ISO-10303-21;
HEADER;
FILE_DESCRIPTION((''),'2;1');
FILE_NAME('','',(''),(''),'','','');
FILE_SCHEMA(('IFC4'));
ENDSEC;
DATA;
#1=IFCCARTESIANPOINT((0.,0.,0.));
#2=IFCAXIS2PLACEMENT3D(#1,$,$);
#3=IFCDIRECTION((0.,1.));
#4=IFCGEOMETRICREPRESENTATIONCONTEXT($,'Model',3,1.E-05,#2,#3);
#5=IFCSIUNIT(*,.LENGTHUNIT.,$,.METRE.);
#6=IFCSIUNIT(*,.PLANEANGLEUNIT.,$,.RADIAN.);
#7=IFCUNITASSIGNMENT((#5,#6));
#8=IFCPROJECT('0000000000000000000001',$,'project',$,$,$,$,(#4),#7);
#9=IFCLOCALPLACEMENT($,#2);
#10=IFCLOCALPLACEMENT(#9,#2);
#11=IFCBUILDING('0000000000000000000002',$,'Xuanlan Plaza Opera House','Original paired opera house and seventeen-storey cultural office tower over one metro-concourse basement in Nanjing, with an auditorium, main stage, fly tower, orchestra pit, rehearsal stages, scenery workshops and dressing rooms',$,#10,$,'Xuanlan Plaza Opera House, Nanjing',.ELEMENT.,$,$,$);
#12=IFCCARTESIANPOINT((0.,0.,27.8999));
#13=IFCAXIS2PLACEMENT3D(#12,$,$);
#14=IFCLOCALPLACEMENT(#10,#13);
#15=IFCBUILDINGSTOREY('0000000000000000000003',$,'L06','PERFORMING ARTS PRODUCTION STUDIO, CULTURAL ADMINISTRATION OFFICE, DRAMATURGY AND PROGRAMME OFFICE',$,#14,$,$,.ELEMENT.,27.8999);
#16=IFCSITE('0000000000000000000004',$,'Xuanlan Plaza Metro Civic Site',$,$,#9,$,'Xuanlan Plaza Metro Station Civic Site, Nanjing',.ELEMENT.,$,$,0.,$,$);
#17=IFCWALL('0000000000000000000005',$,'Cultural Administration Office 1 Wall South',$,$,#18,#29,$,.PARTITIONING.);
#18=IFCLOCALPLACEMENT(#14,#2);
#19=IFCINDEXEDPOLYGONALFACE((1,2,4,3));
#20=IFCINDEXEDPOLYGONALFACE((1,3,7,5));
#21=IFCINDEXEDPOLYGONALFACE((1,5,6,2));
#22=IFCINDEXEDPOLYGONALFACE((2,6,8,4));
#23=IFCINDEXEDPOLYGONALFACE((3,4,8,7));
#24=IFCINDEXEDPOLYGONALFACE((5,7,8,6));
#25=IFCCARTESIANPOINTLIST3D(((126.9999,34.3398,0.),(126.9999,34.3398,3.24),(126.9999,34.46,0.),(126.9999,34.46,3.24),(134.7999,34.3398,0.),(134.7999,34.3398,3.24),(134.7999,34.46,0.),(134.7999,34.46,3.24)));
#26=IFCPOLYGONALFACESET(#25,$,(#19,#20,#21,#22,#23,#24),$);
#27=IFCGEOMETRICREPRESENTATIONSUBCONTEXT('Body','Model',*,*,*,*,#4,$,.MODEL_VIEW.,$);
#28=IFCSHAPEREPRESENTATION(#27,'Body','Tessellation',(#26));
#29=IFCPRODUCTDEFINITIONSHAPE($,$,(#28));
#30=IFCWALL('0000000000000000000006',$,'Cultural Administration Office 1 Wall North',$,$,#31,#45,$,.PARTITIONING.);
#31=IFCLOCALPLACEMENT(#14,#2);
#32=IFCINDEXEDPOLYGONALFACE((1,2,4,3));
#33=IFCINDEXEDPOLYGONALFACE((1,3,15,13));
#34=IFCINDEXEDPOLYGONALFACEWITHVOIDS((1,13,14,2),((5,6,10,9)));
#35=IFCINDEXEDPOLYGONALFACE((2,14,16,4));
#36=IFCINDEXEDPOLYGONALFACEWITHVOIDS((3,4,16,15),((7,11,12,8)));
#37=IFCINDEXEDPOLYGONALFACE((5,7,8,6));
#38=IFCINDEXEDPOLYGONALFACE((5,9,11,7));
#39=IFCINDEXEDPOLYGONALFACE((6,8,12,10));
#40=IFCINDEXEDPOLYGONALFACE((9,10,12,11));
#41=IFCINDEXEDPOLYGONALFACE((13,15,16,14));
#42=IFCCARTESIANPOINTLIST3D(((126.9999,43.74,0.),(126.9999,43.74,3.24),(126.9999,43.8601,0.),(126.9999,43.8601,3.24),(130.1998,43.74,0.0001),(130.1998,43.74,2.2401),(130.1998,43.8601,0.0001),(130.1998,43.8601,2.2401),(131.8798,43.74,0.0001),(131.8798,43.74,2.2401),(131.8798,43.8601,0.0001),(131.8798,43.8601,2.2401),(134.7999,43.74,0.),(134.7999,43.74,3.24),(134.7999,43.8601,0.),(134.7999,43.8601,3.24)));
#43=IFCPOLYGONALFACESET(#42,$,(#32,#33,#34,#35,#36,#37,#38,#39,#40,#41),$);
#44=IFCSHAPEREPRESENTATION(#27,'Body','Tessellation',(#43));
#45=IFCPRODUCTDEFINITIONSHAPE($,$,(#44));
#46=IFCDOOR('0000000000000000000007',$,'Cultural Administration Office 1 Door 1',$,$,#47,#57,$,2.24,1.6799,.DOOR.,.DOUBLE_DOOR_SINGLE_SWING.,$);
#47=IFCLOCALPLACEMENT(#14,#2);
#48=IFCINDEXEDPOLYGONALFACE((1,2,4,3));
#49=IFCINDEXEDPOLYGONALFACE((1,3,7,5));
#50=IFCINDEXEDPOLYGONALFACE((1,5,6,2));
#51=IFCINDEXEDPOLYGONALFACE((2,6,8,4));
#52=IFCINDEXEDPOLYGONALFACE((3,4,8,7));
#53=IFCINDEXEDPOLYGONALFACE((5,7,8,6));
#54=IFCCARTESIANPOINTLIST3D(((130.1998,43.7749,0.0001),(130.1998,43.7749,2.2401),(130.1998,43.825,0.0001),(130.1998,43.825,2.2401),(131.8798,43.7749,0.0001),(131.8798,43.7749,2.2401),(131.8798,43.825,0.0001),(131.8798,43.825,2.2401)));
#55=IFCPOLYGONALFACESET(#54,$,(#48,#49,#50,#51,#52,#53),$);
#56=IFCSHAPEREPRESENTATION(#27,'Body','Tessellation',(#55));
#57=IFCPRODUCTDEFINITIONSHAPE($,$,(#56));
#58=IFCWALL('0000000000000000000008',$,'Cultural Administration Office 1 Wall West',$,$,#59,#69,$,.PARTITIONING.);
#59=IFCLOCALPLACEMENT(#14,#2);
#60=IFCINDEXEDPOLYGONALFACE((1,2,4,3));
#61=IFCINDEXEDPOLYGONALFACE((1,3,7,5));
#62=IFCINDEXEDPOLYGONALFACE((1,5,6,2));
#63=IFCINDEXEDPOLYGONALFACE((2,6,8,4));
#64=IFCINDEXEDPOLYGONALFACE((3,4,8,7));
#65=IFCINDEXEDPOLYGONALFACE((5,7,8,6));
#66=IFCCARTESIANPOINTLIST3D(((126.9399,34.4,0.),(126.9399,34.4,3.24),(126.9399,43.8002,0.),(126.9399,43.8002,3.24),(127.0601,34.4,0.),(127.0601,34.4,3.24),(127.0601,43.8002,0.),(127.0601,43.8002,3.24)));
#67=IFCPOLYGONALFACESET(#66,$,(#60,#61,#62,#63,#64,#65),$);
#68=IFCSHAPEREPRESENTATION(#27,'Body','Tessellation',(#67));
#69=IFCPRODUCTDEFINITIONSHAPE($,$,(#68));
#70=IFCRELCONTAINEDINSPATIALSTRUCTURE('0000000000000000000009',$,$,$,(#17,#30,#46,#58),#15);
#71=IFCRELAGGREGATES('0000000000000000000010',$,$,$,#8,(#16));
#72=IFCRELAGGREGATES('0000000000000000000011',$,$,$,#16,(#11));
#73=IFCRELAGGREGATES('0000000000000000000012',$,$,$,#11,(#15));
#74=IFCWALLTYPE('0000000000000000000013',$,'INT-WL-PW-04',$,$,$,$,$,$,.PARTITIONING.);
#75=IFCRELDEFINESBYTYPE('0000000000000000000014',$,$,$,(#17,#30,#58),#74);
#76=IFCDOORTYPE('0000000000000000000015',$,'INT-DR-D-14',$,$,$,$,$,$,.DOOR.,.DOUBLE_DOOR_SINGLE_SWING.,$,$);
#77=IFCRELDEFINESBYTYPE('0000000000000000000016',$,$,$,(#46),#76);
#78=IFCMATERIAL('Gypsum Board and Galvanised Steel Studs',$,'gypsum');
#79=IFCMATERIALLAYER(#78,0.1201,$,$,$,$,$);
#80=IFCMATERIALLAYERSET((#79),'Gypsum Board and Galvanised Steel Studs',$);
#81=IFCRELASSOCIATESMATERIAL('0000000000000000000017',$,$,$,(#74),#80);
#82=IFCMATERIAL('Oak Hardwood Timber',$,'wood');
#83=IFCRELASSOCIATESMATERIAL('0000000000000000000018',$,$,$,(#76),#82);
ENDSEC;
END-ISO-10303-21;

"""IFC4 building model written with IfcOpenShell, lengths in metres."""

from ifc_helpers import new_model, si_unit, direction, frame, frame_2d, origin, place, context, subcontext, project, spatial, rectangle, extrude, material, layer, layer_set, type_object, element, fill, save


model = new_model("IFC4")

# Units and contexts
model_context = context("Model", 3, precision=1e-05, world=origin(), true_north=direction((0.0, 1.0)))
body_context = subcontext(model_context, "Body", "Model", "MODEL_VIEW")
ifc_project = project(units=[si_unit("LENGTHUNIT", "METRE"), si_unit("PLANEANGLEUNIT", "RADIAN")], contexts=[model_context])

# Site, building, storey
site_placement = place(None, origin())
site = spatial("IfcSite", under=ifc_project, at=site_placement, Name="Xuanlan Plaza Metro Civic Site", LongName="Xuanlan Plaza Metro Station Civic Site, Nanjing", CompositionType="ELEMENT", RefElevation=0.0)
building_placement = place(site_placement, origin())
building = spatial("IfcBuilding", under=site, at=building_placement, Name="Xuanlan Plaza Opera House", Description="Original paired opera house and seventeen-storey cultural office tower over one metro-concourse basement in Nanjing, with an auditorium, main stage, fly tower, orchestra pit, rehearsal stages, scenery workshops and dressing rooms", LongName="Xuanlan Plaza Opera House, Nanjing", CompositionType="ELEMENT")
storey_placement = place(building_placement, frame((0.0, 0.0, 27.8999)))
storey = spatial("IfcBuildingStorey", under=building, at=storey_placement, Name="L06", Description="PERFORMING ARTS PRODUCTION STUDIO, CULTURAL ADMINISTRATION OFFICE, DRAMATURGY AND PROGRAMME OFFICE", CompositionType="ELEMENT", Elevation=27.8999)

# Wall
ifc_material_1 = material(Name="Gypsum Board and Galvanised Steel Studs", Category="gypsum")
ifc_layer_1 = layer(ifc_material_1, 0.1201)
ifc_layer_set_1 = layer_set([ifc_layer_1], Name="Gypsum Board and Galvanised Steel Studs")
wall_type = type_object("IfcWallType", Name="INT-WL-PW-04", PredefinedType="PARTITIONING", material=ifc_layer_set_1)
wall_1_placement = place(storey_placement, frame((127.0, 34.3999, 0.0), z_axis=(0.0, 0.0, 1.0), x_axis=(1.0, 0.0, 0.0)))
element("IfcWall", 1, at=wall_1_placement, inside=storey, type_object=wall_type, Name="Cultural Administration Office 1 Wall South", PredefinedType="PARTITIONING", context=body_context, shape_type="SweptSolid", body=[
    extrude(rectangle(XDim=7.8, YDim=0.1201, at=frame_2d((3.8999, 0.0))), origin(), (0.0, 0.0, 1.0), 3.24),
])

# Wall, opening, door
wall_2_placement = place(storey_placement, frame((127.0, 43.8, 0.0), z_axis=(0.0, 0.0, 1.0), x_axis=(1.0, 0.0, 0.0)))
wall_2 = element("IfcWall", 2, at=wall_2_placement, inside=storey, type_object=wall_type, Name="Cultural Administration Office 1 Wall North", PredefinedType="PARTITIONING", context=body_context, shape_type="SweptSolid", body=[
    extrude(rectangle(XDim=7.8, YDim=0.1201, at=frame_2d((3.8999, 0.0))), origin(), (0.0, 0.0, 1.0), 3.24),
])
opening_placement = place(wall_2_placement, frame((3.2, 0.0, 0.0)))
opening = element("IfcOpeningElement", 3, at=opening_placement, cuts=wall_2, PredefinedType="OPENING", context=body_context, shape_type="SweptSolid", body=[
    extrude(rectangle(XDim=1.6799, YDim=2.24, at=frame_2d((0.8398, 1.1201))), frame((0.0, 0.0701, 0.0), z_axis=(0.0, -1.0, 0.0), x_axis=(1.0, 0.0, 0.0)), (0.0, 0.0, 1.0), 0.1401),
])
ifc_material_2 = material(Name="Oak Hardwood Timber", Category="wood")
door_type = type_object("IfcDoorType", Name="INT-DR-D-14", OperationType="DOUBLE_DOOR_SINGLE_SWING", PredefinedType="DOOR", material=ifc_material_2)
door_placement = place(opening_placement, origin())
door = element("IfcDoor", 4, at=door_placement, inside=storey, type_object=door_type, Name="Cultural Administration Office 1 Door 1", OperationType="DOUBLE_DOOR_SINGLE_SWING", OverallHeight=2.24, OverallWidth=1.6799, PredefinedType="DOOR", context=body_context, shape_type="SweptSolid", body=[
    extrude(rectangle(XDim=1.6799, YDim=2.24, at=frame_2d((0.8398, 1.1201))), frame((0.0, 0.0249, 0.0), z_axis=(0.0, -1.0, 0.0), x_axis=(1.0, 0.0, 0.0)), (0.0, 0.0, 1.0), 0.05),
])
fill(opening, door)

# Wall
wall_3_placement = place(storey_placement, frame((127.0, 34.3999, 0.0), z_axis=(0.0, 0.0, 1.0), x_axis=(0.0, 1.0, 0.0)))
element("IfcWall", 5, at=wall_3_placement, inside=storey, type_object=wall_type, Name="Cultural Administration Office 1 Wall West", PredefinedType="PARTITIONING", context=body_context, shape_type="SweptSolid", body=[
    extrude(rectangle(XDim=9.4001, YDim=0.1201, at=frame_2d((4.7002, 0.0))), origin(), (0.0, 0.0, 1.0), 3.24),
])

save(model, "model.ifc")
